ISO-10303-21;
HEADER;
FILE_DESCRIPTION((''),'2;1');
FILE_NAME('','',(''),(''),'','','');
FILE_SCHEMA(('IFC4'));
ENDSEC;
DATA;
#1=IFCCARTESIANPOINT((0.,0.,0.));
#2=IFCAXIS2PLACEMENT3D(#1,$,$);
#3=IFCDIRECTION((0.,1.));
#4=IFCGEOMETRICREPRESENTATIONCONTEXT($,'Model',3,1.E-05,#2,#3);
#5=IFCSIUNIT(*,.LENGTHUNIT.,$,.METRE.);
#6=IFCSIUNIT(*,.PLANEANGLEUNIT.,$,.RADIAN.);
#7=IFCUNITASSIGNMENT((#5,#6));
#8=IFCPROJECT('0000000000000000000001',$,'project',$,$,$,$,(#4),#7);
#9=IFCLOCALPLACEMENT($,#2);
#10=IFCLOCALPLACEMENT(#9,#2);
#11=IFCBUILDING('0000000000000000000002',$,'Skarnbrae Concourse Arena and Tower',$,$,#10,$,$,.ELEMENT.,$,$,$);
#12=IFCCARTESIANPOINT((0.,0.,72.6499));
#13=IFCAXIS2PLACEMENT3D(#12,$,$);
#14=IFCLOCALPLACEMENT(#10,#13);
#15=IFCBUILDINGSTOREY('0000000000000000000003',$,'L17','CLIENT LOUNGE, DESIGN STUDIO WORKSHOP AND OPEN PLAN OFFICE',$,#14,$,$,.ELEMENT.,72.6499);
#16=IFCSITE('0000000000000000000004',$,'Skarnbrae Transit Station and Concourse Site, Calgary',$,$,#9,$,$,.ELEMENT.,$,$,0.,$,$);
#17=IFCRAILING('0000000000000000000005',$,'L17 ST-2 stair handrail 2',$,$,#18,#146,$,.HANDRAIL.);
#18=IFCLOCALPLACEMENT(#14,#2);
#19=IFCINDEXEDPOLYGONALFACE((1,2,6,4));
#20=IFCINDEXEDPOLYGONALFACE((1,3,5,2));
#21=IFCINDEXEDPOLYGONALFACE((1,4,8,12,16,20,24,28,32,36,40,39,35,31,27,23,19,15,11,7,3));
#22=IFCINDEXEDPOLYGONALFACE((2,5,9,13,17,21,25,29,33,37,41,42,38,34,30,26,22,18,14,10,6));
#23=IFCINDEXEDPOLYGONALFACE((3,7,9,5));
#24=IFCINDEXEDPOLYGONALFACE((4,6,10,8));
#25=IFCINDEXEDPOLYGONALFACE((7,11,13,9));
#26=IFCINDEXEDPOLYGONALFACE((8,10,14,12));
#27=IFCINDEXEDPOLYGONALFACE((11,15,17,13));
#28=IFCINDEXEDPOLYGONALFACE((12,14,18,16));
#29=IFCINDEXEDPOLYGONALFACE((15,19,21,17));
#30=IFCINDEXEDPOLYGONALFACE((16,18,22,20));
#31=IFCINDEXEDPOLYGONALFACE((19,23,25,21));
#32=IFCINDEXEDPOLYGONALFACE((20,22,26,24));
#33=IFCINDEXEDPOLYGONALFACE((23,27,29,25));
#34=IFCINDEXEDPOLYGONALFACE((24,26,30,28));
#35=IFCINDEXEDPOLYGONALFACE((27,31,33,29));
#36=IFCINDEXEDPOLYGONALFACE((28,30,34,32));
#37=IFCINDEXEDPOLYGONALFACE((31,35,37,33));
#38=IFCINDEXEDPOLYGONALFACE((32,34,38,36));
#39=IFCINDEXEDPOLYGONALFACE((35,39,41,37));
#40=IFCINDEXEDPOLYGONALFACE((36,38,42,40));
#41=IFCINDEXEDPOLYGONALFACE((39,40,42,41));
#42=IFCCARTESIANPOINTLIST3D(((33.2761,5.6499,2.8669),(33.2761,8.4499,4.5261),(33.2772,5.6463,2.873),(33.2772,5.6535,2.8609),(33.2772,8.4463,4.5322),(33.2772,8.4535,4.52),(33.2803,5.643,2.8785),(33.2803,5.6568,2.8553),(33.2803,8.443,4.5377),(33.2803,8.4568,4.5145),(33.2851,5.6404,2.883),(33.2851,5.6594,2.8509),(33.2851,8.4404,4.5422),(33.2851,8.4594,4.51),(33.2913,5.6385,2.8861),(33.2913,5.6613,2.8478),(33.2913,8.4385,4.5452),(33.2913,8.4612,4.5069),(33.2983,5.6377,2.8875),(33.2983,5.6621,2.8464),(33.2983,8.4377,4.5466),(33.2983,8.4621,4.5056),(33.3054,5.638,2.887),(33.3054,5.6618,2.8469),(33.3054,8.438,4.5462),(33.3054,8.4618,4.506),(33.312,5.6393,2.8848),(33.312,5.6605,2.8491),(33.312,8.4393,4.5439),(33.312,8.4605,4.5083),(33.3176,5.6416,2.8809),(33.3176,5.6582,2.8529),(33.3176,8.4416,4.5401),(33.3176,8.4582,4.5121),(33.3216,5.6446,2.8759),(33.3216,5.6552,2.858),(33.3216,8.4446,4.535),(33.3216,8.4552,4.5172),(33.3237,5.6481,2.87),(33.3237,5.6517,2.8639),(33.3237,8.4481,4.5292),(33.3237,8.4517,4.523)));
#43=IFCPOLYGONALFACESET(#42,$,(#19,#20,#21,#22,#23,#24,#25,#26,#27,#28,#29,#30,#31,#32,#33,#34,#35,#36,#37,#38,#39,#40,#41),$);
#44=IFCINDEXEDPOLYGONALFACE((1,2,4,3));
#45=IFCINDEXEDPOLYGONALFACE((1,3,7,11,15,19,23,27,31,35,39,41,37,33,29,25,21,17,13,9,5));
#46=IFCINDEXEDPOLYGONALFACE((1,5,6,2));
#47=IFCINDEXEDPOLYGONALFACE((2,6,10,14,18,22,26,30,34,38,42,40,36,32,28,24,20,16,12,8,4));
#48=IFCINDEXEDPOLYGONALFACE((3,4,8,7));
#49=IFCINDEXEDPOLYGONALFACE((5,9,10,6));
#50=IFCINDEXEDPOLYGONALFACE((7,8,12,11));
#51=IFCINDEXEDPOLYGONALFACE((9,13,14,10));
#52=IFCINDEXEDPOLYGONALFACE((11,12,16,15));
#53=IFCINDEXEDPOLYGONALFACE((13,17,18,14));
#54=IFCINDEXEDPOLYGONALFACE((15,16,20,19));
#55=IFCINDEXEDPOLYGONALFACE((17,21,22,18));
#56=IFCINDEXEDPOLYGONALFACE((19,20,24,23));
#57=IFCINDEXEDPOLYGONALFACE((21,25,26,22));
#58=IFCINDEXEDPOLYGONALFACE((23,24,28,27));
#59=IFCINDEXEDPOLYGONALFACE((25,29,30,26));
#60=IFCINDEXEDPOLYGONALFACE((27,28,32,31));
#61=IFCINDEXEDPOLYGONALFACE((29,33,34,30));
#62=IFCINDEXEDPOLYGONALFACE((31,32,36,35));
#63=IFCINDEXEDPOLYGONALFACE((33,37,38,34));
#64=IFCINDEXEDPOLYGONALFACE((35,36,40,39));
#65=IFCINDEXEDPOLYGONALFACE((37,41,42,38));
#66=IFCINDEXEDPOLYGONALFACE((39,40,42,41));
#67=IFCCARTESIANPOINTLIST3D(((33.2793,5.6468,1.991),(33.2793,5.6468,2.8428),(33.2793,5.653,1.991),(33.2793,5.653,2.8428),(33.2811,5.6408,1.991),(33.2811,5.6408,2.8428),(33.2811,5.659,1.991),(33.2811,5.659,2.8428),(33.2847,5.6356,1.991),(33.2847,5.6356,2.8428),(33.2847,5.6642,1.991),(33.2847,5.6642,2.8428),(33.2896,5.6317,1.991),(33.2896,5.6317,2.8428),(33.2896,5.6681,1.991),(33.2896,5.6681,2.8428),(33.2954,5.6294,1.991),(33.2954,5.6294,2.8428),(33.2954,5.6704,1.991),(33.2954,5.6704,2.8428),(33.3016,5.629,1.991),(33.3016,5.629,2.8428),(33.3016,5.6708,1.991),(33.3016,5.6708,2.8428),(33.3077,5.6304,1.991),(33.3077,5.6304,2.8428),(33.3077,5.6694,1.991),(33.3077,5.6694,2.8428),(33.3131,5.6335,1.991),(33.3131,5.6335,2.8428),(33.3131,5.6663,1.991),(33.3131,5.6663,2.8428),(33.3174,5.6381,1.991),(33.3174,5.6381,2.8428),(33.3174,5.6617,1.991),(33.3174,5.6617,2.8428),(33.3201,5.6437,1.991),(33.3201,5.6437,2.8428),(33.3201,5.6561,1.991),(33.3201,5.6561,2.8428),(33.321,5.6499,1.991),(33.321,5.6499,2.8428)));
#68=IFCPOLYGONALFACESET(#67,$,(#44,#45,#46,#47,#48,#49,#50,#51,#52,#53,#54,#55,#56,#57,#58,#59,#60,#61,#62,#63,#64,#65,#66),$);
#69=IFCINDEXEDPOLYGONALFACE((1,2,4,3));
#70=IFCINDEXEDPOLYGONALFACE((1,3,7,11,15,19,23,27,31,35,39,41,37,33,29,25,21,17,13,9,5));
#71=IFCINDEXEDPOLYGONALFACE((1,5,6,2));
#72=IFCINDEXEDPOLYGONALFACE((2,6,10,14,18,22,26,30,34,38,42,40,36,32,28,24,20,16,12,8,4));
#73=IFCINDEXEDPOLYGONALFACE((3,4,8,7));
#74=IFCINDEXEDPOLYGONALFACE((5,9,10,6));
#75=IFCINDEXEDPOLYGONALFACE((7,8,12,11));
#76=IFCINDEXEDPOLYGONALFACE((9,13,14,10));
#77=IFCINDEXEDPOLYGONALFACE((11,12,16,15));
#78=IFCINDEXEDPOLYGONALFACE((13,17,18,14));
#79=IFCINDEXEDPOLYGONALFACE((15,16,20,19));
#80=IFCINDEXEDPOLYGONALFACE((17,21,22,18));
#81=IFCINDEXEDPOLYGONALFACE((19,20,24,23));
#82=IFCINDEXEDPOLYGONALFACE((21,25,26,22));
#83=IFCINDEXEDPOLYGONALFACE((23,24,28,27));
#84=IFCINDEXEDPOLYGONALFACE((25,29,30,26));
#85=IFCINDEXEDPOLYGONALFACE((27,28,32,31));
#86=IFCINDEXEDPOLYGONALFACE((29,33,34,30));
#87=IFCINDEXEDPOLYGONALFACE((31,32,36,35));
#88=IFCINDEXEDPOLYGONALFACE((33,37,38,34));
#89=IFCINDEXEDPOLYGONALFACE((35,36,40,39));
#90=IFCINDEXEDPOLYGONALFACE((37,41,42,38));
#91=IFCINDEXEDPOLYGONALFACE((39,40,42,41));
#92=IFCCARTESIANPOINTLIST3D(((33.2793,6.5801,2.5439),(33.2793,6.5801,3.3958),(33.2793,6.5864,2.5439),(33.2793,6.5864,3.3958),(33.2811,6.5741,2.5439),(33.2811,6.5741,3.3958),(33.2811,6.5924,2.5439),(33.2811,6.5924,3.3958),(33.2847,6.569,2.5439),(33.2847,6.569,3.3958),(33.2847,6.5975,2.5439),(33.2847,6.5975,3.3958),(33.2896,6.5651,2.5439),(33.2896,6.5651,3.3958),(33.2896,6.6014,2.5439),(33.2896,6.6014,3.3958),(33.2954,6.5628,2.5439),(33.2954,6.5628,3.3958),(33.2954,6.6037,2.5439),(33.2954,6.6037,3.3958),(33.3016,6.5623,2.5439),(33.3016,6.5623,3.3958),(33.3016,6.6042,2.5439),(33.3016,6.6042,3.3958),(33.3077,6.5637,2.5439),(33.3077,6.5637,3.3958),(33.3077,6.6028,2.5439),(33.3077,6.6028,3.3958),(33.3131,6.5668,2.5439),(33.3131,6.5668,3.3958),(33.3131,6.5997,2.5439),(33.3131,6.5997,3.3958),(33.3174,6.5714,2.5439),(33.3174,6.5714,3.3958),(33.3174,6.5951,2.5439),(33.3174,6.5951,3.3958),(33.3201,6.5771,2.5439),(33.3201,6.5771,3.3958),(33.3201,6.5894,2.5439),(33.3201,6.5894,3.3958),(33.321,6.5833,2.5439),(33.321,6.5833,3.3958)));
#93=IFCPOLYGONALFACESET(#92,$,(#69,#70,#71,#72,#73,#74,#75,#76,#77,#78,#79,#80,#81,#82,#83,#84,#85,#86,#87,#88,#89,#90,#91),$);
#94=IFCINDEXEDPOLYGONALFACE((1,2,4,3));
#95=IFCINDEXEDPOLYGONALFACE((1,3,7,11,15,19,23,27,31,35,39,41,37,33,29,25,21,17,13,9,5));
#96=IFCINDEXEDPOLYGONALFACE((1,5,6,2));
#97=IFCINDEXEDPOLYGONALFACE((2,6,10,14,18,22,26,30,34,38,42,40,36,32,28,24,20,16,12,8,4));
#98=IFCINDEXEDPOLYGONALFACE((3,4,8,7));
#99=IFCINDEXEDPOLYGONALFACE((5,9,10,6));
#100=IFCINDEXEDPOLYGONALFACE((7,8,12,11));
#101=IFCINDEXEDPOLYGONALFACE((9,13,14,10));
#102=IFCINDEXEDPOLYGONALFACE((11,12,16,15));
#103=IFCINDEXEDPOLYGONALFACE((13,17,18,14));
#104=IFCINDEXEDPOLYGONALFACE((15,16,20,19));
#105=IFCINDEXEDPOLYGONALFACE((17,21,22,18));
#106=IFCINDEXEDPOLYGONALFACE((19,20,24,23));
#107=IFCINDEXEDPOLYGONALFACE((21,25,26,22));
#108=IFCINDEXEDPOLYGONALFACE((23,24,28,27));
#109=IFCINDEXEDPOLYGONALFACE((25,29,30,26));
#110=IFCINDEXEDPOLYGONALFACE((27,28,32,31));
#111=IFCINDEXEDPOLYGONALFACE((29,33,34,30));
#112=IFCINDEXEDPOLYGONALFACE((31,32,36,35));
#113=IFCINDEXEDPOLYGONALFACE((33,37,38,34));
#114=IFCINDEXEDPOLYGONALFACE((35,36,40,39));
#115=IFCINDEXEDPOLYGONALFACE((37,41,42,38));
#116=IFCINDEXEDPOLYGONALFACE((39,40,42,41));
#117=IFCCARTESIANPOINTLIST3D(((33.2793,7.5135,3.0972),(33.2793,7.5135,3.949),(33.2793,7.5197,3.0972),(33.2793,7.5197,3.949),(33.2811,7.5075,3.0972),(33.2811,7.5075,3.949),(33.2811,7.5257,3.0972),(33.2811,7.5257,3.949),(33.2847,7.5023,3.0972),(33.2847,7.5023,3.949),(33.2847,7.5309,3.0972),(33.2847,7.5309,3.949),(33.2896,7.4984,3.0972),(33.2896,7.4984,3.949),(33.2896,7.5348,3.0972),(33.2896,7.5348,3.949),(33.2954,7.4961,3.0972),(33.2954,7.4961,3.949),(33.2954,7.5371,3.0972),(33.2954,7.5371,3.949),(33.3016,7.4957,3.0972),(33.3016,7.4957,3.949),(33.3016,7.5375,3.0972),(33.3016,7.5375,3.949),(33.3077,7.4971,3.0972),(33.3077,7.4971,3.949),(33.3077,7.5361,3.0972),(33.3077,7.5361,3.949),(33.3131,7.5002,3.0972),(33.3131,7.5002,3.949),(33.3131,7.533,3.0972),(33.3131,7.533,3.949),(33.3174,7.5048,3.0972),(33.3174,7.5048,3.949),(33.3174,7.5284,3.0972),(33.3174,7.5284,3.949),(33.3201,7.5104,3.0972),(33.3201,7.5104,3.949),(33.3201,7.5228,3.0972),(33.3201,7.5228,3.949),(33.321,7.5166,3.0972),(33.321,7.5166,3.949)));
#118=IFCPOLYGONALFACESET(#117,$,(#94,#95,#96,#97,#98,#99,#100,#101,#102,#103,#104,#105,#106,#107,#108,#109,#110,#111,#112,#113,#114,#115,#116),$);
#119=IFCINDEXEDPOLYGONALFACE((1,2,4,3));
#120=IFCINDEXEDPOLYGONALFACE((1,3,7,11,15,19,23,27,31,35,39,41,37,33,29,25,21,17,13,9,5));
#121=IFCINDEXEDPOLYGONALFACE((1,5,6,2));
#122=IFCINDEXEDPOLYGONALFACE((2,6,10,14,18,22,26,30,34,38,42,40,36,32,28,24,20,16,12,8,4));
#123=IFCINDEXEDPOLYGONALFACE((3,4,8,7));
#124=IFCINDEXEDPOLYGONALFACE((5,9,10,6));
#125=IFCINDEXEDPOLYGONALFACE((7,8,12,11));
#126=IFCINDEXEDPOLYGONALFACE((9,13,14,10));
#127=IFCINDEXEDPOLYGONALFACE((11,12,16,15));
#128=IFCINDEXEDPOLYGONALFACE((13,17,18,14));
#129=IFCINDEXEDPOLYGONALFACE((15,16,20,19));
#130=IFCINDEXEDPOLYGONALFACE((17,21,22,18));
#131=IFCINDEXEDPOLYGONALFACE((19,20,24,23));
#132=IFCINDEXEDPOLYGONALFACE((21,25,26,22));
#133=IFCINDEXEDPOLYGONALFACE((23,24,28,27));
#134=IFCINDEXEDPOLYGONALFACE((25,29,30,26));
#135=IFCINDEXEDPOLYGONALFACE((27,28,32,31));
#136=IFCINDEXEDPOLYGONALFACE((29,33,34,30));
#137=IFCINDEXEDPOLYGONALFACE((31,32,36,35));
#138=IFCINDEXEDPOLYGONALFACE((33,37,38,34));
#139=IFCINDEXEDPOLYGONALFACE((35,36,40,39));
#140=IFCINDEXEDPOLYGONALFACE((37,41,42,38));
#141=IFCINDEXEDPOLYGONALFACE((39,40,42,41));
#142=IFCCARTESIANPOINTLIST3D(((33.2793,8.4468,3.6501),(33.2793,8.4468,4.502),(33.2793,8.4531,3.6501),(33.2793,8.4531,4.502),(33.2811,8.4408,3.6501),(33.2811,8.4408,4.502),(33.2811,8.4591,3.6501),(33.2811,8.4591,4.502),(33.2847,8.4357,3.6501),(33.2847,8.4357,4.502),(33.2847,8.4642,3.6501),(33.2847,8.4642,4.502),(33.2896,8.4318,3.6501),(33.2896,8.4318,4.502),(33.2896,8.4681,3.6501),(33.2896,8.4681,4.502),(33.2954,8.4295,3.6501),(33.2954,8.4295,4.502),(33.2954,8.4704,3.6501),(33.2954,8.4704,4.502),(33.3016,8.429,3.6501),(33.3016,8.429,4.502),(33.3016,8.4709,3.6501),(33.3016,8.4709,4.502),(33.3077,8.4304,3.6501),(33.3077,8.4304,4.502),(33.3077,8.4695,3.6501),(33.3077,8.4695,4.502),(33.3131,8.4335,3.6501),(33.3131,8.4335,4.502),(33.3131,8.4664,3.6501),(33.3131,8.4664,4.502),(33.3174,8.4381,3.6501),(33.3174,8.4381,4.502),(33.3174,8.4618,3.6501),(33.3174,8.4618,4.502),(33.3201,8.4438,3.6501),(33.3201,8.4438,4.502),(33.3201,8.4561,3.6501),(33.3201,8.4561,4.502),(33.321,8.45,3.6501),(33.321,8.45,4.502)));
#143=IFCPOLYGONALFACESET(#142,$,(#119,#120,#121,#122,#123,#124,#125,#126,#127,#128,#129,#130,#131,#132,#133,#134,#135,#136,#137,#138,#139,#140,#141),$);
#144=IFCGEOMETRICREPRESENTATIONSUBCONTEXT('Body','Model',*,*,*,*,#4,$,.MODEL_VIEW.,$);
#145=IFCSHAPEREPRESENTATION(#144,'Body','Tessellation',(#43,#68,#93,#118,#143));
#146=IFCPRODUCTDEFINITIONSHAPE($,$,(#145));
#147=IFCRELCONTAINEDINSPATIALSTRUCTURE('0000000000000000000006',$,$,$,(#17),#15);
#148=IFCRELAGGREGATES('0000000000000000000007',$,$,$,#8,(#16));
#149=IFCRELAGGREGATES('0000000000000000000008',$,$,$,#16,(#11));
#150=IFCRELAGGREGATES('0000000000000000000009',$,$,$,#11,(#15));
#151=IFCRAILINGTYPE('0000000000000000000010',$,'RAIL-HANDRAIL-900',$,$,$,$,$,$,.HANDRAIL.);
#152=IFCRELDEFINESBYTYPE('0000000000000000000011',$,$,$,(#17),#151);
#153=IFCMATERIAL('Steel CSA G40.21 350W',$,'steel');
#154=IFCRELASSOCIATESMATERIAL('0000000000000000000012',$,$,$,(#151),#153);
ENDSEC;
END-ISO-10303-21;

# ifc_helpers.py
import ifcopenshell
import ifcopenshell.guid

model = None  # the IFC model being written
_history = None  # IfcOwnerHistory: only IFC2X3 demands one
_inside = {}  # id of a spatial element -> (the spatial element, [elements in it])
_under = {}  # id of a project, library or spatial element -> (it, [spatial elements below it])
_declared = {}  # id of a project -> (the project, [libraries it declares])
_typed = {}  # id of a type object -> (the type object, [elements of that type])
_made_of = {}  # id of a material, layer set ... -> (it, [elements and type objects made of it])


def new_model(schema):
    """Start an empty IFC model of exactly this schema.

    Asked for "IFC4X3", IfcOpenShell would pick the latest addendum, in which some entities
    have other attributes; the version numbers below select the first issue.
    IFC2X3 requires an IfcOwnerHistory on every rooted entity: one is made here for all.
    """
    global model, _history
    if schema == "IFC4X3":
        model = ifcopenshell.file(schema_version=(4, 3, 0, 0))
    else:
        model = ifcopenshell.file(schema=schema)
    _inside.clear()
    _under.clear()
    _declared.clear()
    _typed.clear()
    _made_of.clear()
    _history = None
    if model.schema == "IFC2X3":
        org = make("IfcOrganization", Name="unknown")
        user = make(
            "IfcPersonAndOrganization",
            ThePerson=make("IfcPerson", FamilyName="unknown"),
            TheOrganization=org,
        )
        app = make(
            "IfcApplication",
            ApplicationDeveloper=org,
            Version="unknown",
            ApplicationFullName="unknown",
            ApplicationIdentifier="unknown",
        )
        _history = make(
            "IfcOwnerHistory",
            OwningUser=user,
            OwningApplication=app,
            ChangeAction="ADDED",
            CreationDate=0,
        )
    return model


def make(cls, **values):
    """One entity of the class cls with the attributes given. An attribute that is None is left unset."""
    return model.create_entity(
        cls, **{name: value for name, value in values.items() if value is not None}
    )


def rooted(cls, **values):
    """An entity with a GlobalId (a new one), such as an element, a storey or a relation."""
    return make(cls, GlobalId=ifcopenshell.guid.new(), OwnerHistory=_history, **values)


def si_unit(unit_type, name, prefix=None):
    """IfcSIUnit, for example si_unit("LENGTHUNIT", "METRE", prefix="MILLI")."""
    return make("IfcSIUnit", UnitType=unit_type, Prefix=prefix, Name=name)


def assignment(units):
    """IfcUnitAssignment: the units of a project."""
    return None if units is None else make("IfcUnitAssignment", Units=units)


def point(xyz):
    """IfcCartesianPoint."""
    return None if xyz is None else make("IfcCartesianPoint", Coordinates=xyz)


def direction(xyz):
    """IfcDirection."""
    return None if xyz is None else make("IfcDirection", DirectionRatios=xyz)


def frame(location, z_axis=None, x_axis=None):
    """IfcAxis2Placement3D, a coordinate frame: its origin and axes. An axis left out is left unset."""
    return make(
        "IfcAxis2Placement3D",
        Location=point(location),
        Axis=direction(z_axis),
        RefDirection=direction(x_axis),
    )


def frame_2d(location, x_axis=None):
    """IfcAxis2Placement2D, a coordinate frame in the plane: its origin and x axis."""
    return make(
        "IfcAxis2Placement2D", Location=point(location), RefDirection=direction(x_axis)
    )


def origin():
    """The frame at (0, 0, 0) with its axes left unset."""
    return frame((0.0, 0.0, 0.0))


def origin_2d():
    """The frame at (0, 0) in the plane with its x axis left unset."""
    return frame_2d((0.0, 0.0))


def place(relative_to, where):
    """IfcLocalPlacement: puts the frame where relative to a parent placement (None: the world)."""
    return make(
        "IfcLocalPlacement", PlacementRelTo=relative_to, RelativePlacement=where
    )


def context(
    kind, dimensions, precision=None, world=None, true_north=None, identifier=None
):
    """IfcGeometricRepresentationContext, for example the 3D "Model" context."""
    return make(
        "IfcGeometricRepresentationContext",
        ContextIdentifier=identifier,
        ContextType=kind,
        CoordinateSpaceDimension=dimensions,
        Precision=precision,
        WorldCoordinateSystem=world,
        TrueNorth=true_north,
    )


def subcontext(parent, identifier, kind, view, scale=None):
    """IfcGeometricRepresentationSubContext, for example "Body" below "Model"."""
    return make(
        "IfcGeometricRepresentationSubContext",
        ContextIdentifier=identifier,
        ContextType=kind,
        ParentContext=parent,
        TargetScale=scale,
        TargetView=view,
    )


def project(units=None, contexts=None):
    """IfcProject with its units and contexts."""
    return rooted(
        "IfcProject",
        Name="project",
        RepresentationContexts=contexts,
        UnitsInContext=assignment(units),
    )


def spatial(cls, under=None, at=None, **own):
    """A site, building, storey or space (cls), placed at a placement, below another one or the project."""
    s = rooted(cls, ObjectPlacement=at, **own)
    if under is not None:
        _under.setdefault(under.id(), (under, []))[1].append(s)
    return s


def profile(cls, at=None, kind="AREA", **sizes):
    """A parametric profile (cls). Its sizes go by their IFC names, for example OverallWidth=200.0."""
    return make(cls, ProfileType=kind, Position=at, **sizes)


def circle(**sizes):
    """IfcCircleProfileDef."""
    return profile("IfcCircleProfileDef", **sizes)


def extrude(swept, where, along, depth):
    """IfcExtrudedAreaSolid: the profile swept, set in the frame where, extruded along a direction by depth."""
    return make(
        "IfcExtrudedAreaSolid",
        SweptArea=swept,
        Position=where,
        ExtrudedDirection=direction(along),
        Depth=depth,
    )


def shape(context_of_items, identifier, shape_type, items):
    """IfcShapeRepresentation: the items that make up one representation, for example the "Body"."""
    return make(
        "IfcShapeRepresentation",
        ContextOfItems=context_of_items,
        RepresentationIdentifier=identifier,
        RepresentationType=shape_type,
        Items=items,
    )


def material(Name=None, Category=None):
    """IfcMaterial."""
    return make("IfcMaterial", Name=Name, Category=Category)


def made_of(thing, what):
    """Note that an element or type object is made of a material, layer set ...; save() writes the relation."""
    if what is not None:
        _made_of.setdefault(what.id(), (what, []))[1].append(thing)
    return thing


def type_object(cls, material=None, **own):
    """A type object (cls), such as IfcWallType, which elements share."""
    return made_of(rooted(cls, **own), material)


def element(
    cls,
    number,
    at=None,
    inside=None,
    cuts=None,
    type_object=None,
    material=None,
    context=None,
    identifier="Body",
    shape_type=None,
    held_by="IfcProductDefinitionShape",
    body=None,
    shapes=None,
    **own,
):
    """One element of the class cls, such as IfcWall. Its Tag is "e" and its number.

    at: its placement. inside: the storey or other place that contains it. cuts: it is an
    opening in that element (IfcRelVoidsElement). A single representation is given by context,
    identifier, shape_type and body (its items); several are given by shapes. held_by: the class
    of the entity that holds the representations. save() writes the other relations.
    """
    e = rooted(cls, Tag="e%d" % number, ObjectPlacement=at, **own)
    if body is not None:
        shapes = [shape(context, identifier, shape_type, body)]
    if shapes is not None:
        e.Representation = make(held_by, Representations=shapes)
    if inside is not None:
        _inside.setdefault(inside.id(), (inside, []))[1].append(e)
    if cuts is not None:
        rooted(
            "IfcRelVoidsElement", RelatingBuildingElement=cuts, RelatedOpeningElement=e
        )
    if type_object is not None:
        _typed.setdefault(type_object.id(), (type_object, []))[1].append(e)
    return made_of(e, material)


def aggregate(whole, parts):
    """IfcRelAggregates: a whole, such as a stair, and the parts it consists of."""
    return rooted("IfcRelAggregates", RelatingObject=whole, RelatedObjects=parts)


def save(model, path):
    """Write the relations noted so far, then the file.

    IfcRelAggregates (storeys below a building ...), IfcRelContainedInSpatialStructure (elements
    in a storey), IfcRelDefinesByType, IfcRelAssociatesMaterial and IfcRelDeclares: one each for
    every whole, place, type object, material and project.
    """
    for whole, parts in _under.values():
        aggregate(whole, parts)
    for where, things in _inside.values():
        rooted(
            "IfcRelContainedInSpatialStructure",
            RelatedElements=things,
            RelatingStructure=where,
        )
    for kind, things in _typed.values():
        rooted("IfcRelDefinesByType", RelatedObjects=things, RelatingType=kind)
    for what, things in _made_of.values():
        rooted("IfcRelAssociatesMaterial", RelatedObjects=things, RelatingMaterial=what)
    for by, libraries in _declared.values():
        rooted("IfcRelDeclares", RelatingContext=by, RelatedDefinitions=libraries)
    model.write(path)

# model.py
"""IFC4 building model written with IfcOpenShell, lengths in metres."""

from ifc_helpers import new_model, si_unit, direction, frame, origin, origin_2d, place, context, subcontext, project, spatial, circle, extrude, material, type_object, element, save


model = new_model("IFC4")

# Units and contexts
model_context = context("Model", 3, precision=1e-05, world=origin(), true_north=direction((0.0, 1.0)))
body_context = subcontext(model_context, "Body", "Model", "MODEL_VIEW")
ifc_project = project(units=[si_unit("LENGTHUNIT", "METRE"), si_unit("PLANEANGLEUNIT", "RADIAN")], contexts=[model_context])

# Site, building, storey
site_placement = place(None, origin())
site = spatial("IfcSite", under=ifc_project, at=site_placement, Name="Skarnbrae Transit Station and Concourse Site, Calgary", CompositionType="ELEMENT", RefElevation=0.0)
building_placement = place(site_placement, origin())
building = spatial("IfcBuilding", under=site, at=building_placement, Name="Skarnbrae Concourse Arena and Tower", CompositionType="ELEMENT")
storey_placement = place(building_placement, frame((0.0, 0.0, 72.6499)))
storey = spatial("IfcBuildingStorey", under=building, at=storey_placement, Name="L17", Description="CLIENT LOUNGE, DESIGN STUDIO WORKSHOP AND OPEN PLAN OFFICE", CompositionType="ELEMENT", Elevation=72.6499)

# Shared definitions
ifc_material_1 = material(Name="Steel CSA G40.21 350W", Category="steel")

# Railing
railing_type_1 = type_object("IfcRailingType", Name="RAIL-HANDRAIL-900", PredefinedType="HANDRAIL", material=ifc_material_1)
railing_1_placement = place(storey_placement, frame((33.3, 5.6499, 1.991)))
element("IfcRailing", 1, at=railing_1_placement, inside=storey, type_object=railing_type_1, Name="L17 ST-2 stair handrail 2", PredefinedType="HANDRAIL", context=body_context, shape_type="SweptSolid", body=[
    extrude(circle(Radius=0.0239, at=origin_2d()), frame((0.0, 0.0, 0.876), z_axis=(0.0, 0.860306, 0.509778), x_axis=(-1.0, 0.0, 0.0)), (0.0, 0.0, 1.0), 3.2546),
    extrude(circle(Radius=0.021, at=origin_2d()), origin(), (0.0, 0.0, 1.0), 0.8518),
    extrude(circle(Radius=0.021, at=origin_2d()), frame((0.0, 0.9333, 0.553)), (0.0, 0.0, 1.0), 0.8518),
    extrude(circle(Radius=0.021, at=origin_2d()), frame((0.0, 1.8667, 1.1062)), (0.0, 0.0, 1.0), 0.8518),
    extrude(circle(Radius=0.021, at=origin_2d()), frame((0.0, 2.8, 1.6592)), (0.0, 0.0, 1.0), 0.8518),
])

save(model, "model.ifc")
